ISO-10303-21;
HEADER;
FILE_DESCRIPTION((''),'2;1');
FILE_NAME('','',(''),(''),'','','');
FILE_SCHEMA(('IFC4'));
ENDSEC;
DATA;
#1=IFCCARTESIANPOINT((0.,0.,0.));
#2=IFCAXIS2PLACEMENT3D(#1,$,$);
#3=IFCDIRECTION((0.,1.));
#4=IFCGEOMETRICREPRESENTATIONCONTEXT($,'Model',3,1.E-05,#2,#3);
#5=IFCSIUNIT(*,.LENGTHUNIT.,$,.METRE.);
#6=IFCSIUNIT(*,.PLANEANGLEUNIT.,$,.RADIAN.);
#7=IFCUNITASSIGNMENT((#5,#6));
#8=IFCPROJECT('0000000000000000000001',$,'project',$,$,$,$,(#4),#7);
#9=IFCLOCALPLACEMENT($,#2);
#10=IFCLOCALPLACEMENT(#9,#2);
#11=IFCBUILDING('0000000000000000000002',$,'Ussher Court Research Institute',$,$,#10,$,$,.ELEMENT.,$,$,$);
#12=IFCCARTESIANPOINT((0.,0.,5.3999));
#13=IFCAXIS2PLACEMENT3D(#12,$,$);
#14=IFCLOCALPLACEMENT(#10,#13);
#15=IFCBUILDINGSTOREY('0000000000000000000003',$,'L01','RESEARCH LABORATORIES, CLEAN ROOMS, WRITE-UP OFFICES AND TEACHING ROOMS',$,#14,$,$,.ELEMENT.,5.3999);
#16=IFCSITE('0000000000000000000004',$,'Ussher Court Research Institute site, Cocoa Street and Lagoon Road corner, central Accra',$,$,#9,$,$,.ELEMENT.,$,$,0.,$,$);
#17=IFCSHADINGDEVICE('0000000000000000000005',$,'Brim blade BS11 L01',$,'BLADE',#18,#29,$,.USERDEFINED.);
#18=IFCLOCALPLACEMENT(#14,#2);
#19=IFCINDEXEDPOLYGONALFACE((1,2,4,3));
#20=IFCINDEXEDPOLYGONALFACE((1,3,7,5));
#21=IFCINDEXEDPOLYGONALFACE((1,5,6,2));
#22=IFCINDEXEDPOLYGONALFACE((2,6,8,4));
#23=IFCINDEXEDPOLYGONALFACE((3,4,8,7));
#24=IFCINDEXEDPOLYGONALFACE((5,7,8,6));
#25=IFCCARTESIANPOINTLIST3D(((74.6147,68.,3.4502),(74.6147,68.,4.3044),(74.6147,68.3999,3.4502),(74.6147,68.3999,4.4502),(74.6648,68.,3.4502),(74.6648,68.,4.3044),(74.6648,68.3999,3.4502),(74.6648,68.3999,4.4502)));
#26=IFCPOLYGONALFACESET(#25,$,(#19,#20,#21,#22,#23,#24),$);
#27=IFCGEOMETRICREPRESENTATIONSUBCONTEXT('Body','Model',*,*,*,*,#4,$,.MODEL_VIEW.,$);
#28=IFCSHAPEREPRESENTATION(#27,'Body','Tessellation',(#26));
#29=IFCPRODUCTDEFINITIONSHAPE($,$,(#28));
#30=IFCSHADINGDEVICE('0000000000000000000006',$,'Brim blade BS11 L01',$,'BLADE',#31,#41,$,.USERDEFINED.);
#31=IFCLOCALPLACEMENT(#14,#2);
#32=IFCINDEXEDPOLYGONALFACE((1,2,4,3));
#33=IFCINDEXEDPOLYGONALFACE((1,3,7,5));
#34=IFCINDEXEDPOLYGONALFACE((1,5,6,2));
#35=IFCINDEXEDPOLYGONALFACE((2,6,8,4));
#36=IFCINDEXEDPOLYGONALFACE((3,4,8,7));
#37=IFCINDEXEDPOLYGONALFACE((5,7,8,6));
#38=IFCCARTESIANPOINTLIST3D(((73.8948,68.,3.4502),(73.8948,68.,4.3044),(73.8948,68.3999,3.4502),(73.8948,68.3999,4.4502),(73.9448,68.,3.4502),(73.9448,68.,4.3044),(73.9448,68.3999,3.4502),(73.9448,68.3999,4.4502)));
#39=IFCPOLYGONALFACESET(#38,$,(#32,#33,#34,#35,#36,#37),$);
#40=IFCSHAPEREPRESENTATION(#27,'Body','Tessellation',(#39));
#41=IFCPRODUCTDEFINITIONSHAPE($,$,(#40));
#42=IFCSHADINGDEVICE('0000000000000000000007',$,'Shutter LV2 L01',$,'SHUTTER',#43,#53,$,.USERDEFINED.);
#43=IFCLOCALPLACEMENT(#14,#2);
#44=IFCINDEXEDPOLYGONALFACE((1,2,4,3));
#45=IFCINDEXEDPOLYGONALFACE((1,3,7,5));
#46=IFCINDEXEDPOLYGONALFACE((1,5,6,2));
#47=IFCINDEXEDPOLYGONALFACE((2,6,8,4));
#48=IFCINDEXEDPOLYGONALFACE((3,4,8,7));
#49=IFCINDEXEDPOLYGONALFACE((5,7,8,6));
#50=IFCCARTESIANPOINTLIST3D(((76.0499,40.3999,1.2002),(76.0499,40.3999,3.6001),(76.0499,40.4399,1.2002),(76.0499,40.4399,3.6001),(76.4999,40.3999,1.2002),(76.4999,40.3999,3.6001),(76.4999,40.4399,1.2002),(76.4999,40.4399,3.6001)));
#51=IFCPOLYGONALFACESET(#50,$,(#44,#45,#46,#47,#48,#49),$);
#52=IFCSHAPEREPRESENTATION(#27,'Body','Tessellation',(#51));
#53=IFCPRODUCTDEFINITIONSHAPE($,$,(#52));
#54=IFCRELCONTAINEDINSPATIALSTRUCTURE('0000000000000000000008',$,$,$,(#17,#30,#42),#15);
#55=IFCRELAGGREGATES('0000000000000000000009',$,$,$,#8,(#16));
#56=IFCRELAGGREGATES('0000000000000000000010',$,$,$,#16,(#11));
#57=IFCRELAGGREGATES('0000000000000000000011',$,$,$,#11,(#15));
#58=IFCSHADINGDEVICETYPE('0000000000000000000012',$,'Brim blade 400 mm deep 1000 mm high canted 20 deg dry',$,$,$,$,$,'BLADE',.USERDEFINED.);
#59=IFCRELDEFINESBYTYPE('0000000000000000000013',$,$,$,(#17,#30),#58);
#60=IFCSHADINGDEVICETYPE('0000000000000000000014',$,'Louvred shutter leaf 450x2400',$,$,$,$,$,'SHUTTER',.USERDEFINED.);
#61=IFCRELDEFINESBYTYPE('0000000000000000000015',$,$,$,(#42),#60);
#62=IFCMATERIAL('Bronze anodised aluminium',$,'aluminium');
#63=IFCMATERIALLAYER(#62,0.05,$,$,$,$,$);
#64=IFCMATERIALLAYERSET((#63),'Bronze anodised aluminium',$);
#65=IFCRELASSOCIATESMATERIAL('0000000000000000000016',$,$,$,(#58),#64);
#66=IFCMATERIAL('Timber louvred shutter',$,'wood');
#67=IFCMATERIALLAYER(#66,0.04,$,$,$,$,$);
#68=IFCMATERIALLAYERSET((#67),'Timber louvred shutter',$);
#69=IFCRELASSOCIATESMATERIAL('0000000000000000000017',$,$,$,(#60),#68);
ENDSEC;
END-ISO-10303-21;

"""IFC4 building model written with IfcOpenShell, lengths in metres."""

from ifc_helpers import new_model, si_unit, direction, frame, origin, origin_2d, place, context, subcontext, project, spatial, polyline, rectangle, outline, extrude, material, layer, layer_set, type_object, element, save


model = new_model("IFC4")

# Units and contexts
model_context = context("Model", 3, precision=1e-05, world=origin(), true_north=direction((0.0, 1.0)))
body_context = subcontext(model_context, "Body", "Model", "MODEL_VIEW")
ifc_project = project(units=[si_unit("LENGTHUNIT", "METRE"), si_unit("PLANEANGLEUNIT", "RADIAN")], contexts=[model_context])

# Site, building, storey
site_placement = place(None, origin())
site = spatial("IfcSite", under=ifc_project, at=site_placement, Name="Ussher Court Research Institute site, Cocoa Street and Lagoon Road corner, central Accra", CompositionType="ELEMENT", RefElevation=0.0)
building_placement = place(site_placement, origin())
building = spatial("IfcBuilding", under=site, at=building_placement, Name="Ussher Court Research Institute", CompositionType="ELEMENT")
storey_placement = place(building_placement, frame((0.0, 0.0, 5.3999)))
storey = spatial("IfcBuildingStorey", under=building, at=storey_placement, Name="L01", Description="RESEARCH LABORATORIES, CLEAN ROOMS, WRITE-UP OFFICES AND TEACHING ROOMS", CompositionType="ELEMENT", Elevation=5.3999)

# Shading devices
ifc_material_1 = material(Name="Bronze anodised aluminium", Category="aluminium")
ifc_layer_1 = layer(ifc_material_1, 0.05)
ifc_layer_set_1 = layer_set([ifc_layer_1], Name="Bronze anodised aluminium")
shading_device_type_1 = type_object("IfcShadingDeviceType", Name="Brim blade 400 mm deep 1000 mm high canted 20 deg dry", ElementType="BLADE", PredefinedType="USERDEFINED", material=ifc_layer_set_1)
for number, where, z_axis, x_axis, name in (
    (1, (74.6399, 68.3999, 3.4502), (0.0, 0.0, 1.0), (0.0, -1.0, 0.0), "Brim blade BS11 L01"),
    (2, (73.9199, 68.3999, 3.4502), (0.0, 0.0, 1.0), (0.0, -1.0, 0.0), "Brim blade BS11 L01"),
):
    element("IfcShadingDevice", number, at=place(storey_placement, frame(where, z_axis=z_axis, x_axis=x_axis)), inside=storey, type_object=shading_device_type_1, Name=name, ObjectType="BLADE", PredefinedType="USERDEFINED", context=body_context, shape_type="SweptSolid", body=[
        extrude(outline(polyline([(0.0, 0.0), (0.3999, 0.0), (0.3999, 0.8542), (0.0, 1.0), (0.0, 0.0)])), frame((0.0, 0.0249, 0.0), z_axis=(0.0, -1.0, 0.0), x_axis=(1.0, 0.0, 0.0)), (0.0, 0.0, 1.0), 0.05),
    ])
ifc_material_2 = material(Name="Timber louvred shutter", Category="wood")
ifc_layer_2 = layer(ifc_material_2, 0.04)
ifc_layer_set_2 = layer_set([ifc_layer_2], Name="Timber louvred shutter")
shading_device_type_2 = type_object("IfcShadingDeviceType", Name="Louvred shutter leaf 450x2400", ElementType="SHUTTER", PredefinedType="USERDEFINED", material=ifc_layer_set_2)
shading_device_1_placement = place(storey_placement, frame((76.2749, 40.4199, 1.2002), z_axis=(0.0, 0.0, 1.0), x_axis=(1.0, 0.0, 0.0)))
element("IfcShadingDevice", 3, at=shading_device_1_placement, inside=storey, type_object=shading_device_type_2, Name="Shutter LV2 L01", ObjectType="SHUTTER", PredefinedType="USERDEFINED", context=body_context, shape_type="SweptSolid", body=[
    extrude(rectangle(XDim=0.45, YDim=0.04, at=origin_2d()), origin(), (0.0, 0.0, 1.0), 2.3999),
])

save(model, "model.ifc")
